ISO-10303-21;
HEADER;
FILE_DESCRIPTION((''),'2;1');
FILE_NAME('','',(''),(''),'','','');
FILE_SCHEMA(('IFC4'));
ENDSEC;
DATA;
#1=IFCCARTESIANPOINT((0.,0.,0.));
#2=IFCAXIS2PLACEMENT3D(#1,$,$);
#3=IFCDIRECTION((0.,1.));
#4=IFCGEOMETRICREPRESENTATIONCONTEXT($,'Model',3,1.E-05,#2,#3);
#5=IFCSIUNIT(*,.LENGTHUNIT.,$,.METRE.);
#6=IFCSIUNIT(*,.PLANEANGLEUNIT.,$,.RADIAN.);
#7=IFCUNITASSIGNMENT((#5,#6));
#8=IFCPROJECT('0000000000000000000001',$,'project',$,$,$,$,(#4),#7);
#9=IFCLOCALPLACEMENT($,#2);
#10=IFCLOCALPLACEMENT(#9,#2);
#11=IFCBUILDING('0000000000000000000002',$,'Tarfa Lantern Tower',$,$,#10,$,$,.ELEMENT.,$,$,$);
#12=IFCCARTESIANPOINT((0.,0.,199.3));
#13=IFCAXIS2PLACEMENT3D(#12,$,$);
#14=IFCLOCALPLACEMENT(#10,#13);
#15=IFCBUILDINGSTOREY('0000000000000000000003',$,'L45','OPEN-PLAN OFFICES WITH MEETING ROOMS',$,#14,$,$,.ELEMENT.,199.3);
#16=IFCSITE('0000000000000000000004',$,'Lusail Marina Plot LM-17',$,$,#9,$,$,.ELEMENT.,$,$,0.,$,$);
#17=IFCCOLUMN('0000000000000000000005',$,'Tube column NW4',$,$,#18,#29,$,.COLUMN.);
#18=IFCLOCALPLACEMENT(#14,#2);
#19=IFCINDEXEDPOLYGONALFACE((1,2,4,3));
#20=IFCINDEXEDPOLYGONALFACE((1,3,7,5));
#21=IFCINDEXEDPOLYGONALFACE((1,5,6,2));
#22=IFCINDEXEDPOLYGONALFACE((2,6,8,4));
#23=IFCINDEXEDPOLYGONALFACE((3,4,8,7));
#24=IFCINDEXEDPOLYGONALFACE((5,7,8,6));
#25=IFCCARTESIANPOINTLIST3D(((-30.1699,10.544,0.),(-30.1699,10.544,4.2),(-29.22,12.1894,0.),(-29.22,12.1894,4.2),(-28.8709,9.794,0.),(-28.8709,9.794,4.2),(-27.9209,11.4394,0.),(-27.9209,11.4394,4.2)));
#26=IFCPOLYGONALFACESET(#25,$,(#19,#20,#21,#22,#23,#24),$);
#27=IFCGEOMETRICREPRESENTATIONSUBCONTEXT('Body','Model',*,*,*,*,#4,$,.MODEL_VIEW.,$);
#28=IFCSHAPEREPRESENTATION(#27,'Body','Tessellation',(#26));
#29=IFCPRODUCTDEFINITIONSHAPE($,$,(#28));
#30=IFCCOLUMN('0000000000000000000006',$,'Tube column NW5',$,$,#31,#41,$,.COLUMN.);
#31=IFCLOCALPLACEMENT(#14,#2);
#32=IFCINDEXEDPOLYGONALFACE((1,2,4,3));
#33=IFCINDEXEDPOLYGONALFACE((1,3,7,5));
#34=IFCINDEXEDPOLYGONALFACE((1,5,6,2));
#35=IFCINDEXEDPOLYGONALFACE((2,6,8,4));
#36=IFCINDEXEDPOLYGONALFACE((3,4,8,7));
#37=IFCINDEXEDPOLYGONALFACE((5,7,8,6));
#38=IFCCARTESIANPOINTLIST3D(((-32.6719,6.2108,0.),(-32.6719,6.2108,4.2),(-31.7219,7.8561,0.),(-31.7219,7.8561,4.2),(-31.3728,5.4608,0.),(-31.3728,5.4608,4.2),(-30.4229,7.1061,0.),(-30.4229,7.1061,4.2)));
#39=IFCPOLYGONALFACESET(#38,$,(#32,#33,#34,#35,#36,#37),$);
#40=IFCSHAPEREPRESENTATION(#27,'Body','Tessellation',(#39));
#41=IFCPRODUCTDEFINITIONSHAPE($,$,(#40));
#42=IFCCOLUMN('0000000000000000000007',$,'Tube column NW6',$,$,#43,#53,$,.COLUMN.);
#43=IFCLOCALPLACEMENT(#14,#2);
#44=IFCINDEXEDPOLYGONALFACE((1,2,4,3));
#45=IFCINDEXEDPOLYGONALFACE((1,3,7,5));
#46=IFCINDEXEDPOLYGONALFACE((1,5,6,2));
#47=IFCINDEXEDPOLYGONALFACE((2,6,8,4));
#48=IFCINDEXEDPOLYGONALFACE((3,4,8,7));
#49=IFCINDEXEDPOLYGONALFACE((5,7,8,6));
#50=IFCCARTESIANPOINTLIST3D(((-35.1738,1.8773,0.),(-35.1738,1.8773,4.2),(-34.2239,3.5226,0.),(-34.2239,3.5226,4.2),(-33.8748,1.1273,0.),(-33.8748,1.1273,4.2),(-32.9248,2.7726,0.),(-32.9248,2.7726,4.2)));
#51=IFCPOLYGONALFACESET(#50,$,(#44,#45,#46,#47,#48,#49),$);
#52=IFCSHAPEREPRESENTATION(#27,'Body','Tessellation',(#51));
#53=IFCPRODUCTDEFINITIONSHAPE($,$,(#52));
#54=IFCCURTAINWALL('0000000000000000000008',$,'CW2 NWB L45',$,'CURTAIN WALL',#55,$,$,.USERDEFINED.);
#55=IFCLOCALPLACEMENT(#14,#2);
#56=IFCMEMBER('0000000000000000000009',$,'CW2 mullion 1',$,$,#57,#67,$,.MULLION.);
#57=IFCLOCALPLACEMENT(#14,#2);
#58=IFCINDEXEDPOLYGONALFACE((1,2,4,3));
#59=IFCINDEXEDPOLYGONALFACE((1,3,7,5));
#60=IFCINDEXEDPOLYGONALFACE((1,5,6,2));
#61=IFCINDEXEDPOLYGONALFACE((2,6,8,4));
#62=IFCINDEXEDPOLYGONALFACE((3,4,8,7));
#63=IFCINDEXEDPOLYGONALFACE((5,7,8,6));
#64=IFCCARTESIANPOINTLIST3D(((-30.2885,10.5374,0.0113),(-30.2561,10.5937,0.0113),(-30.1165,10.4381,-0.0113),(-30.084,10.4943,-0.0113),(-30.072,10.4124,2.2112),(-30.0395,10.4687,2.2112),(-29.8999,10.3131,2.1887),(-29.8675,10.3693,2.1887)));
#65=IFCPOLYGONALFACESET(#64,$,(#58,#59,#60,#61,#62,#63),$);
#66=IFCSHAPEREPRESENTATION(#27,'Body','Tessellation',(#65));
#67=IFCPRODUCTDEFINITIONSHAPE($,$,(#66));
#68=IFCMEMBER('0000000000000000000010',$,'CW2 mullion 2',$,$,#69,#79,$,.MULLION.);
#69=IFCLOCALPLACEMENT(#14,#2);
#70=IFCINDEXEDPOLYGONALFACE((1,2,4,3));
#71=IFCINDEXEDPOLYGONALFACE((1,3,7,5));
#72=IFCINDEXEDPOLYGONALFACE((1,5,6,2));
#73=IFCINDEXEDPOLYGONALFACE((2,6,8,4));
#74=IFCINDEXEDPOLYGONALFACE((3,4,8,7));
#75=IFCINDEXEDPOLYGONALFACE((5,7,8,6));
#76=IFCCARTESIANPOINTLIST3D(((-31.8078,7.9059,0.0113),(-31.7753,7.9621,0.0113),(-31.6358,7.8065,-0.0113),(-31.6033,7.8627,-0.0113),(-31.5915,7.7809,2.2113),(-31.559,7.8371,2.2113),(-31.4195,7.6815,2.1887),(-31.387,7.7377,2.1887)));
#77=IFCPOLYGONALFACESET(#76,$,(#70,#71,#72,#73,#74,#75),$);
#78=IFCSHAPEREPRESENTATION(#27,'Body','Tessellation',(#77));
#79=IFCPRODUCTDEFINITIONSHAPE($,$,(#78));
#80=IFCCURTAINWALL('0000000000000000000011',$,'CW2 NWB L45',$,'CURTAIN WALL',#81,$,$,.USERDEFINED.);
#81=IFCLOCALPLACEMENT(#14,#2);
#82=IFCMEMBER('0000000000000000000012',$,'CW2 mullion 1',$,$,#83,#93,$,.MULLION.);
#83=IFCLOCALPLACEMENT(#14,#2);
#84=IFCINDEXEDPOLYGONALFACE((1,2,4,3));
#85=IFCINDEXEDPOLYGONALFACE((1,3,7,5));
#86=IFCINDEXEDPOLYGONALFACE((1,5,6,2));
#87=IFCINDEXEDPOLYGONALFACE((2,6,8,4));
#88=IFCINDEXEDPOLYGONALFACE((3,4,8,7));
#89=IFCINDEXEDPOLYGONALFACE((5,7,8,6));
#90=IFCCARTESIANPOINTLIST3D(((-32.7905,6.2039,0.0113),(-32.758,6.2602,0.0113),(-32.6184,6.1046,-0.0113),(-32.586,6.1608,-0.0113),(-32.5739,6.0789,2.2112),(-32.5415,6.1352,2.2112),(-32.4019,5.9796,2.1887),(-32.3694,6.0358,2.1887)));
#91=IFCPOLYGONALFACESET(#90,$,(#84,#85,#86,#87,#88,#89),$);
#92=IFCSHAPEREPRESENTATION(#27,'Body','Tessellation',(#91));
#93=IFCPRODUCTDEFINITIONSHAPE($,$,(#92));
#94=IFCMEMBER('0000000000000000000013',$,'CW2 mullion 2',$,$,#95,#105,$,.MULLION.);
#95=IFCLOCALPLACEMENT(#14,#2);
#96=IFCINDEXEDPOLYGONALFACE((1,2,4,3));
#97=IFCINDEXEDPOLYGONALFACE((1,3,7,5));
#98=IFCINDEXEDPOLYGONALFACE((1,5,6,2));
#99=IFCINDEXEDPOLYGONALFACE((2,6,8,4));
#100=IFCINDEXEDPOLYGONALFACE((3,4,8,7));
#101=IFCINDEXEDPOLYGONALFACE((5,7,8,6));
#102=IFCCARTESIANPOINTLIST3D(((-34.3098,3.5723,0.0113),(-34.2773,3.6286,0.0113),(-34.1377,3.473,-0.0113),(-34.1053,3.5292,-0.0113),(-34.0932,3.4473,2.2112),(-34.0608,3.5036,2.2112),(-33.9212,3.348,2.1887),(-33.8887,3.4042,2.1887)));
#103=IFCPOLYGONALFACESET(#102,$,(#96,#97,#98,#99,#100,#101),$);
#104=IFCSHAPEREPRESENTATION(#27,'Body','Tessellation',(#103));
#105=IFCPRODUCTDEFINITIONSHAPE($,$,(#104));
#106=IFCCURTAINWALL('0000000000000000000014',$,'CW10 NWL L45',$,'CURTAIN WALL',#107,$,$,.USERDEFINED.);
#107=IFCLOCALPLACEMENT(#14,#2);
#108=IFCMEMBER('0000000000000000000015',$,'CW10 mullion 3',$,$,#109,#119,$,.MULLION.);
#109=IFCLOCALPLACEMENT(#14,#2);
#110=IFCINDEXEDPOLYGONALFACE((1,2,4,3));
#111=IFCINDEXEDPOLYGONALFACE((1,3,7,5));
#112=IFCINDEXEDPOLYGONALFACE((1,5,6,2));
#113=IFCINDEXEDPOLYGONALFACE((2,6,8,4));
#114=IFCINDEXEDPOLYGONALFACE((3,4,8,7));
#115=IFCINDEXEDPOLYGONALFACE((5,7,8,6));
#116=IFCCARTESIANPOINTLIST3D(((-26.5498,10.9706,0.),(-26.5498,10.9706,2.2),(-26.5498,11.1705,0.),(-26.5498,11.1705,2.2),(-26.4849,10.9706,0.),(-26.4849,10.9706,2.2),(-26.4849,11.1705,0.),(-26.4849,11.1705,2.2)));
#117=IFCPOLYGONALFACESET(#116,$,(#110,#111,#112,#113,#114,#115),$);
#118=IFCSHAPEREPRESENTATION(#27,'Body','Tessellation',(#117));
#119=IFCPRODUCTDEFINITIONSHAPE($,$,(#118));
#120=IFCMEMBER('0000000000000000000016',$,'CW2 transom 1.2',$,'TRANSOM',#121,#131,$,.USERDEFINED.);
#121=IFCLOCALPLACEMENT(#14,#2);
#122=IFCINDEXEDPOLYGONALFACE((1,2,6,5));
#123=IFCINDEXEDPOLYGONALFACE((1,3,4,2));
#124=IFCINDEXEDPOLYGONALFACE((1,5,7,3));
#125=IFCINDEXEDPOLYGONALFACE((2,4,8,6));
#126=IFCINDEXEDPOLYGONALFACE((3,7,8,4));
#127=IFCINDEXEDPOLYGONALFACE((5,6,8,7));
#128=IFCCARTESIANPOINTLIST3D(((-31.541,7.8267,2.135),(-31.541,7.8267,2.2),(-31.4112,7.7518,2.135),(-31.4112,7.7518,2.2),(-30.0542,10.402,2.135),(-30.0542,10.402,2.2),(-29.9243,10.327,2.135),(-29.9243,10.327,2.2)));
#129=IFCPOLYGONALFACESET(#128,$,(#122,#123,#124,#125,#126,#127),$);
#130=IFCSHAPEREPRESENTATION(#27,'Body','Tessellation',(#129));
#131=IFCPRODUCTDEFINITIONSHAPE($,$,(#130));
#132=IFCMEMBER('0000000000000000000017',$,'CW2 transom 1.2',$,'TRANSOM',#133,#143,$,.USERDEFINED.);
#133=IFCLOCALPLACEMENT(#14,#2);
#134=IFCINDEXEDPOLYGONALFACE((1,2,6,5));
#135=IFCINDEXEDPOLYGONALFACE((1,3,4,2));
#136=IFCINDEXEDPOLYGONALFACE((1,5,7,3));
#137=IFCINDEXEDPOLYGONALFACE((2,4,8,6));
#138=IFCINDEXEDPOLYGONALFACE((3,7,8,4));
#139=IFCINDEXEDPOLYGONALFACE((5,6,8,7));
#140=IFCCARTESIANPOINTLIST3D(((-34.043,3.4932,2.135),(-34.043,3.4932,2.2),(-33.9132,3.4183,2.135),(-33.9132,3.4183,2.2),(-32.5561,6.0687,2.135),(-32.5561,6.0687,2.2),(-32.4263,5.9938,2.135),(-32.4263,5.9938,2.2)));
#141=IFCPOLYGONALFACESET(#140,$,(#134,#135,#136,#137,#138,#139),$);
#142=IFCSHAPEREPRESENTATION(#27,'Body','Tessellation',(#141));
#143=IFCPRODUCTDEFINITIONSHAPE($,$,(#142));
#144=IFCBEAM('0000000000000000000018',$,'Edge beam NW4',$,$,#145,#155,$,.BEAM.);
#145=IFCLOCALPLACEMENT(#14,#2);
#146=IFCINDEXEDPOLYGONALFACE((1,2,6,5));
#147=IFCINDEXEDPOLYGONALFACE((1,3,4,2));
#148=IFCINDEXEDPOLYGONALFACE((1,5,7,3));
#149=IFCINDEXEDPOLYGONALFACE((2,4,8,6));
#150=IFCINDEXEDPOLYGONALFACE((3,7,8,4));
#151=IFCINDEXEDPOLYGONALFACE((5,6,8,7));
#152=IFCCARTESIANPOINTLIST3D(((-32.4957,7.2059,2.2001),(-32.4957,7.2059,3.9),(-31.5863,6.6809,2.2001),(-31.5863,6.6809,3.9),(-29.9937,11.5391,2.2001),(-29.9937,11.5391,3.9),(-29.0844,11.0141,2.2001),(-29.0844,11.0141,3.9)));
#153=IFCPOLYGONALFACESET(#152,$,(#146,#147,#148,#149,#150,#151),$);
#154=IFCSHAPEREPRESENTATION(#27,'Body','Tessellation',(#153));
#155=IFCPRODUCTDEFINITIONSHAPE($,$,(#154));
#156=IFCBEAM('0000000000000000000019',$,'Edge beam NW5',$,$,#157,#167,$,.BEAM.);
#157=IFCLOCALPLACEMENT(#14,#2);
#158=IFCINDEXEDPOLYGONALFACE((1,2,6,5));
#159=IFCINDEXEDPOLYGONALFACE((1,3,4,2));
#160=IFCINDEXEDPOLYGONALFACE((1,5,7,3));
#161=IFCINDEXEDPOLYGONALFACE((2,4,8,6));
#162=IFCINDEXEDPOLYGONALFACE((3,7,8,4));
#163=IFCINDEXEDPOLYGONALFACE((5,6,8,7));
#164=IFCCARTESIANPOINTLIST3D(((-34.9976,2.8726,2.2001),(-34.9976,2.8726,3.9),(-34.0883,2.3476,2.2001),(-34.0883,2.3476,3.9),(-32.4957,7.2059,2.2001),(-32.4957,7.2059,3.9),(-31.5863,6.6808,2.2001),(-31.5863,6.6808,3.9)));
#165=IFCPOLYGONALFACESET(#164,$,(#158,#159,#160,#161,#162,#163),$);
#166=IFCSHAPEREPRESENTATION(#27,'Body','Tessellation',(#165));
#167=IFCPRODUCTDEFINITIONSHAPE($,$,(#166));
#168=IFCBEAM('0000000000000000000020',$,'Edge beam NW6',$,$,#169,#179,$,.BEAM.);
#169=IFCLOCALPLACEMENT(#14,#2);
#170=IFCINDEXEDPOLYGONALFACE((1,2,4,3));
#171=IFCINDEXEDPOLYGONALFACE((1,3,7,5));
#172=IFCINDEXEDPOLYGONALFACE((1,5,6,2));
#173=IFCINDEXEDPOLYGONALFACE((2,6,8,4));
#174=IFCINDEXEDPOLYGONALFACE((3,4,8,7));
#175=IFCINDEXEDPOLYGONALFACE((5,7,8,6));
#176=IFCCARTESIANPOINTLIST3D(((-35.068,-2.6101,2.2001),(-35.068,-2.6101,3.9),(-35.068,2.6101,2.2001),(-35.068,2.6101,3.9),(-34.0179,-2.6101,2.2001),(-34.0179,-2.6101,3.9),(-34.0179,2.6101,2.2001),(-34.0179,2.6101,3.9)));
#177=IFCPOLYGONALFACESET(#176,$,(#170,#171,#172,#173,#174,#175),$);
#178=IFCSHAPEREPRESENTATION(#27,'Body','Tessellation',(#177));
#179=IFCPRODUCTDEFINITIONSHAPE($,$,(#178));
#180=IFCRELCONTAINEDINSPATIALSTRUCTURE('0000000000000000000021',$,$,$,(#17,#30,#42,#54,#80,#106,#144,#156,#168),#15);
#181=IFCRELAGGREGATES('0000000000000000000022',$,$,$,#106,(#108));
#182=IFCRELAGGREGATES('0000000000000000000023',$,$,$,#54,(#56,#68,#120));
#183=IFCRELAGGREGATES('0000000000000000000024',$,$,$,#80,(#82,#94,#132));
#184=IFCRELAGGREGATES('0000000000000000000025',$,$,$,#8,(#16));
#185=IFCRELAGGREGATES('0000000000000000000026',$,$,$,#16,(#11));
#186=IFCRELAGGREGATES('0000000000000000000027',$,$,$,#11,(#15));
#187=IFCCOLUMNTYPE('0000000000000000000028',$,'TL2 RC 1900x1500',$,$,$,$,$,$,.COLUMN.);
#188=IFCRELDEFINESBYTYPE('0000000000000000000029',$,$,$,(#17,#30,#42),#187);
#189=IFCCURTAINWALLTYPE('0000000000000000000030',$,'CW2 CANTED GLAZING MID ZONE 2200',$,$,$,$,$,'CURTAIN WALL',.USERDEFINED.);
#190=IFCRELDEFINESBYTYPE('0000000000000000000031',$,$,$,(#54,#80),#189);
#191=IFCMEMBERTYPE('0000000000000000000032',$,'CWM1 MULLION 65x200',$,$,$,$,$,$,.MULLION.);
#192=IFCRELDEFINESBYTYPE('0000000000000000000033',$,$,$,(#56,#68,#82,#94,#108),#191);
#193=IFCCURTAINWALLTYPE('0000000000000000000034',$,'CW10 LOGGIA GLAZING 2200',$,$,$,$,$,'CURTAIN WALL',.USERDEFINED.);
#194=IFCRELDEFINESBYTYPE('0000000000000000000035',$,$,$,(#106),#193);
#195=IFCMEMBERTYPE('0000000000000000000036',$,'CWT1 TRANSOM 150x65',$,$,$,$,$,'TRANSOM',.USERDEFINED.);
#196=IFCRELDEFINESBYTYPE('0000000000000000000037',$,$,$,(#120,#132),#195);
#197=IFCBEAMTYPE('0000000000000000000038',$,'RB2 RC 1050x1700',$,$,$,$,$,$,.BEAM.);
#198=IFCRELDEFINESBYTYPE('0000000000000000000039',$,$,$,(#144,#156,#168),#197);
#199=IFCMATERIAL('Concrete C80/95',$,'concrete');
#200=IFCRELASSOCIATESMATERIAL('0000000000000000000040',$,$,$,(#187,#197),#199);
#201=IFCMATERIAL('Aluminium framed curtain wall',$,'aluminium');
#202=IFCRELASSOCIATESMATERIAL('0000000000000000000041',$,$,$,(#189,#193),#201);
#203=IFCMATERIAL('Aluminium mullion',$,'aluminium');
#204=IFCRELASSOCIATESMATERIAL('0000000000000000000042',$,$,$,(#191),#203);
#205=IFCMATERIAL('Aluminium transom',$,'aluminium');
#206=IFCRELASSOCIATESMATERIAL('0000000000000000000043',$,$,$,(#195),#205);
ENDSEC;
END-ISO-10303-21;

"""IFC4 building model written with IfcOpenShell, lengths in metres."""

from ifc_helpers import new_model, si_unit, direction, frame, origin, origin_2d, place, context, subcontext, project, spatial, rectangle, extrude, material, material_profile, profile_set, type_object, element, aggregate, save


model = new_model("IFC4")

# Units and contexts
model_context = context("Model", 3, precision=1e-05, world=origin(), true_north=direction((0.0, 1.0)))
body_context = subcontext(model_context, "Body", "Model", "MODEL_VIEW")
ifc_project = project(units=[si_unit("LENGTHUNIT", "METRE"), si_unit("PLANEANGLEUNIT", "RADIAN")], contexts=[model_context])

# Site, building, storey
site_placement = place(None, origin())
site = spatial("IfcSite", under=ifc_project, at=site_placement, Name="Lusail Marina Plot LM-17", CompositionType="ELEMENT", RefElevation=0.0)
building_placement = place(site_placement, origin())
building = spatial("IfcBuilding", under=site, at=building_placement, Name="Tarfa Lantern Tower", CompositionType="ELEMENT")
storey_placement = place(building_placement, frame((0.0, 0.0, 199.3)))
storey = spatial("IfcBuildingStorey", under=building, at=storey_placement, Name="L45", Description="OPEN-PLAN OFFICES WITH MEETING ROOMS", CompositionType="ELEMENT", Elevation=199.3)

# Columns
ifc_material_1 = material(Name="Concrete C80/95", Category="concrete")
ifc_material_profile_1 = material_profile(ifc_material_1, rectangle(XDim=1.8999, YDim=1.5, at=origin_2d()), Name="RC 1900x1500")
ifc_profile_set_1 = profile_set([ifc_material_profile_1], Name="Concrete C80/95")
column_type = type_object("IfcColumnType", Name="TL2 RC 1900x1500", PredefinedType="COLUMN", material=ifc_profile_set_1)
for number, where, z_axis, x_axis, name in (
    (1, (-29.0454, 10.9917, 0.0), (0.0, 0.0, 1.0), (-0.5, -0.866025, 0.0), "Tube column NW4"),
    (2, (-31.5474, 6.6584, 0.0), (0.0, 0.0, 1.0), (-0.5, -0.866025, 0.0), "Tube column NW5"),
    (3, (-34.0493, 2.325, 0.0), (0.0, 0.0, 1.0), (-0.5, -0.866025, 0.0), "Tube column NW6"),
):
    element("IfcColumn", number, at=place(storey_placement, frame(where, z_axis=z_axis, x_axis=x_axis)), inside=storey, type_object=column_type, Name=name, PredefinedType="COLUMN", context=body_context, shape_type="SweptSolid", body=[
        extrude(rectangle(XDim=1.8999, YDim=1.5, at=origin_2d()), origin(), (0.0, 0.0, 1.0), 4.2),
    ])

# Curtain walls, members
ifc_material_2 = material(Name="Aluminium framed curtain wall", Category="aluminium")
curtain_wall_type_1 = type_object("IfcCurtainWallType", Name="CW2 CANTED GLAZING MID ZONE 2200", ElementType="CURTAIN WALL", PredefinedType="USERDEFINED", material=ifc_material_2)
curtain_wall_1_placement = place(storey_placement, origin())
curtain_wall_1 = element("IfcCurtainWall", 4, at=curtain_wall_1_placement, inside=storey, type_object=curtain_wall_type_1, Name="CW2 NWB L45", ObjectType="CURTAIN WALL", PredefinedType="USERDEFINED")
ifc_material_3 = material(Name="Aluminium mullion", Category="aluminium")
ifc_material_profile_2 = material_profile(ifc_material_3, rectangle(XDim=0.0649, YDim=0.2, at=origin_2d()), Name="AL MULLION 65x200")
ifc_profile_set_2 = profile_set([ifc_material_profile_2], Name="Aluminium mullion")
member_type_1 = type_object("IfcMemberType", Name="CWM1 MULLION 65x200", PredefinedType="MULLION", material=ifc_profile_set_2)
member_1_placement = place(storey_placement, frame((-30.1863, 10.5159, 0.0), z_axis=(0.097806, -0.056456, 0.993603), x_axis=(0.49992, 0.866072, 0.0)))
member_1 = element("IfcMember", 5, at=member_1_placement, type_object=member_type_1, Name="CW2 mullion 1", PredefinedType="MULLION", context=body_context, shape_type="SweptSolid", body=[
    extrude(rectangle(XDim=0.0649, YDim=0.2, at=origin_2d()), origin(), (0.0, 0.0, 1.0), 2.2141),
])
member_2_placement = place(storey_placement, frame((-31.7056, 7.8843, 0.0), z_axis=(0.097696, -0.056457, 0.993614), x_axis=(0.500343, 0.865827, 0.0)))
member_2 = element("IfcMember", 6, at=member_2_placement, type_object=member_type_1, Name="CW2 mullion 2", PredefinedType="MULLION", context=body_context, shape_type="SweptSolid", body=[
    extrude(rectangle(XDim=0.0649, YDim=0.2, at=origin_2d()), origin(), (0.0, 0.0, 1.0), 2.2141),
])
curtain_wall_2_placement = place(storey_placement, origin())
curtain_wall_2 = element("IfcCurtainWall", 7, at=curtain_wall_2_placement, inside=storey, type_object=curtain_wall_type_1, Name="CW2 NWB L45", ObjectType="CURTAIN WALL", PredefinedType="USERDEFINED")
member_3_placement = place(storey_placement, frame((-32.6882, 6.1824, 0.0), z_axis=(0.097806, -0.056456, 0.993603), x_axis=(0.49992, 0.866072, 0.0)))
member_3 = element("IfcMember", 8, at=member_3_placement, type_object=member_type_1, Name="CW2 mullion 1", PredefinedType="MULLION", context=body_context, shape_type="SweptSolid", body=[
    extrude(rectangle(XDim=0.0649, YDim=0.2, at=origin_2d()), origin(), (0.0, 0.0, 1.0), 2.2141),
])
member_4_placement = place(storey_placement, frame((-34.2075, 3.5508, 0.0), z_axis=(0.097806, -0.056456, 0.993603), x_axis=(0.49992, 0.866072, 0.0)))
member_4 = element("IfcMember", 9, at=member_4_placement, type_object=member_type_1, Name="CW2 mullion 2", PredefinedType="MULLION", context=body_context, shape_type="SweptSolid", body=[
    extrude(rectangle(XDim=0.0649, YDim=0.2, at=origin_2d()), origin(), (0.0, 0.0, 1.0), 2.2141),
])

# Curtain wall, member
curtain_wall_type_2 = type_object("IfcCurtainWallType", Name="CW10 LOGGIA GLAZING 2200", ElementType="CURTAIN WALL", PredefinedType="USERDEFINED", material=ifc_material_2)
curtain_wall_3_placement = place(storey_placement, origin())
curtain_wall_3 = element("IfcCurtainWall", 10, at=curtain_wall_3_placement, inside=storey, type_object=curtain_wall_type_2, Name="CW10 NWL L45", ObjectType="CURTAIN WALL", PredefinedType="USERDEFINED")
member_5_placement = place(storey_placement, frame((-26.5173, 11.0706, 0.0), z_axis=(0.0, 0.0, 1.0), x_axis=(1.0, 0.0, 0.0)))
member_5 = element("IfcMember", 11, at=member_5_placement, type_object=member_type_1, Name="CW10 mullion 3", PredefinedType="MULLION", context=body_context, shape_type="SweptSolid", body=[
    extrude(rectangle(XDim=0.0649, YDim=0.2, at=origin_2d()), origin(), (0.0, 0.0, 1.0), 2.2),
])
aggregate(curtain_wall_3, [member_5])

# Members
ifc_material_4 = material(Name="Aluminium transom", Category="aluminium")
ifc_material_profile_3 = material_profile(ifc_material_4, rectangle(XDim=0.1499, YDim=0.0649, at=origin_2d()), Name="AL TRANSOM 150x65")
ifc_profile_set_3 = profile_set([ifc_material_profile_3], Name="Aluminium transom")
member_type_2 = type_object("IfcMemberType", Name="CWT1 TRANSOM 150x65", ElementType="TRANSOM", PredefinedType="USERDEFINED", material=ifc_profile_set_3)
member_6_placement = place(storey_placement, frame((-29.9893, 10.3645, 2.1675), z_axis=(-0.500007, -0.866022, 0.0), x_axis=(0.866022, -0.500007, 0.0)))
member_6 = element("IfcMember", 12, at=member_6_placement, type_object=member_type_2, Name="CW2 transom 1.2", ObjectType="TRANSOM", PredefinedType="USERDEFINED", context=body_context, shape_type="SweptSolid", body=[
    extrude(rectangle(XDim=0.1499, YDim=0.0649, at=origin_2d()), origin(), (0.0, 0.0, 1.0), 2.9736),
])
member_7_placement = place(storey_placement, frame((-32.4912, 6.0312, 2.1675), z_axis=(-0.499971, -0.866042, 0.0), x_axis=(0.866042, -0.499971, 0.0)))
member_7 = element("IfcMember", 13, at=member_7_placement, type_object=member_type_2, Name="CW2 transom 1.2", ObjectType="TRANSOM", PredefinedType="USERDEFINED", context=body_context, shape_type="SweptSolid", body=[
    extrude(rectangle(XDim=0.1499, YDim=0.0649, at=origin_2d()), origin(), (0.0, 0.0, 1.0), 2.9739),
])

# Beams
ifc_material_profile_4 = material_profile(ifc_material_1, rectangle(XDim=1.05, YDim=1.7, at=origin_2d()), Name="RC 1050x1700")
ifc_profile_set_4 = profile_set([ifc_material_profile_4], Name="Concrete C80/95")
beam_type_1 = type_object("IfcBeamType", Name="RB2 RC 1050x1700", PredefinedType="BEAM", material=ifc_profile_set_4)
for number, where, z_axis, x_axis, name in (
    (14, (-29.5391, 11.2766, 3.05), (-0.500022, -0.866013, 0.0), (0.866013, -0.500022, 0.0), "Edge beam NW4"),
    (15, (-32.041, 6.9434, 3.05), (-0.500022, -0.866013, 0.0), (0.866013, -0.500022, 0.0), "Edge beam NW5"),
):
    element("IfcBeam", number, at=place(storey_placement, frame(where, z_axis=z_axis, x_axis=x_axis)), inside=storey, type_object=beam_type_1, Name=name, PredefinedType="BEAM", context=body_context, shape_type="SweptSolid", body=[
        extrude(rectangle(XDim=1.05, YDim=1.7, at=origin_2d()), origin(), (0.0, 0.0, 1.0), 5.0037),
    ])
beam_1_placement = place(storey_placement, frame((-34.543, 2.6101, 3.05), z_axis=(0.0, -1.0, 0.0), x_axis=(1.0, 0.0, 0.0)))
element("IfcBeam", 16, at=beam_1_placement, inside=storey, type_object=beam_type_1, Name="Edge beam NW6", PredefinedType="BEAM", context=body_context, shape_type="SweptSolid", body=[
    extrude(rectangle(XDim=1.05, YDim=1.7, at=origin_2d()), origin(), (0.0, 0.0, 1.0), 5.2202),
])

aggregate(curtain_wall_1, [member_1, member_2, member_6])
aggregate(curtain_wall_2, [member_3, member_4, member_7])

save(model, "model.ifc")
